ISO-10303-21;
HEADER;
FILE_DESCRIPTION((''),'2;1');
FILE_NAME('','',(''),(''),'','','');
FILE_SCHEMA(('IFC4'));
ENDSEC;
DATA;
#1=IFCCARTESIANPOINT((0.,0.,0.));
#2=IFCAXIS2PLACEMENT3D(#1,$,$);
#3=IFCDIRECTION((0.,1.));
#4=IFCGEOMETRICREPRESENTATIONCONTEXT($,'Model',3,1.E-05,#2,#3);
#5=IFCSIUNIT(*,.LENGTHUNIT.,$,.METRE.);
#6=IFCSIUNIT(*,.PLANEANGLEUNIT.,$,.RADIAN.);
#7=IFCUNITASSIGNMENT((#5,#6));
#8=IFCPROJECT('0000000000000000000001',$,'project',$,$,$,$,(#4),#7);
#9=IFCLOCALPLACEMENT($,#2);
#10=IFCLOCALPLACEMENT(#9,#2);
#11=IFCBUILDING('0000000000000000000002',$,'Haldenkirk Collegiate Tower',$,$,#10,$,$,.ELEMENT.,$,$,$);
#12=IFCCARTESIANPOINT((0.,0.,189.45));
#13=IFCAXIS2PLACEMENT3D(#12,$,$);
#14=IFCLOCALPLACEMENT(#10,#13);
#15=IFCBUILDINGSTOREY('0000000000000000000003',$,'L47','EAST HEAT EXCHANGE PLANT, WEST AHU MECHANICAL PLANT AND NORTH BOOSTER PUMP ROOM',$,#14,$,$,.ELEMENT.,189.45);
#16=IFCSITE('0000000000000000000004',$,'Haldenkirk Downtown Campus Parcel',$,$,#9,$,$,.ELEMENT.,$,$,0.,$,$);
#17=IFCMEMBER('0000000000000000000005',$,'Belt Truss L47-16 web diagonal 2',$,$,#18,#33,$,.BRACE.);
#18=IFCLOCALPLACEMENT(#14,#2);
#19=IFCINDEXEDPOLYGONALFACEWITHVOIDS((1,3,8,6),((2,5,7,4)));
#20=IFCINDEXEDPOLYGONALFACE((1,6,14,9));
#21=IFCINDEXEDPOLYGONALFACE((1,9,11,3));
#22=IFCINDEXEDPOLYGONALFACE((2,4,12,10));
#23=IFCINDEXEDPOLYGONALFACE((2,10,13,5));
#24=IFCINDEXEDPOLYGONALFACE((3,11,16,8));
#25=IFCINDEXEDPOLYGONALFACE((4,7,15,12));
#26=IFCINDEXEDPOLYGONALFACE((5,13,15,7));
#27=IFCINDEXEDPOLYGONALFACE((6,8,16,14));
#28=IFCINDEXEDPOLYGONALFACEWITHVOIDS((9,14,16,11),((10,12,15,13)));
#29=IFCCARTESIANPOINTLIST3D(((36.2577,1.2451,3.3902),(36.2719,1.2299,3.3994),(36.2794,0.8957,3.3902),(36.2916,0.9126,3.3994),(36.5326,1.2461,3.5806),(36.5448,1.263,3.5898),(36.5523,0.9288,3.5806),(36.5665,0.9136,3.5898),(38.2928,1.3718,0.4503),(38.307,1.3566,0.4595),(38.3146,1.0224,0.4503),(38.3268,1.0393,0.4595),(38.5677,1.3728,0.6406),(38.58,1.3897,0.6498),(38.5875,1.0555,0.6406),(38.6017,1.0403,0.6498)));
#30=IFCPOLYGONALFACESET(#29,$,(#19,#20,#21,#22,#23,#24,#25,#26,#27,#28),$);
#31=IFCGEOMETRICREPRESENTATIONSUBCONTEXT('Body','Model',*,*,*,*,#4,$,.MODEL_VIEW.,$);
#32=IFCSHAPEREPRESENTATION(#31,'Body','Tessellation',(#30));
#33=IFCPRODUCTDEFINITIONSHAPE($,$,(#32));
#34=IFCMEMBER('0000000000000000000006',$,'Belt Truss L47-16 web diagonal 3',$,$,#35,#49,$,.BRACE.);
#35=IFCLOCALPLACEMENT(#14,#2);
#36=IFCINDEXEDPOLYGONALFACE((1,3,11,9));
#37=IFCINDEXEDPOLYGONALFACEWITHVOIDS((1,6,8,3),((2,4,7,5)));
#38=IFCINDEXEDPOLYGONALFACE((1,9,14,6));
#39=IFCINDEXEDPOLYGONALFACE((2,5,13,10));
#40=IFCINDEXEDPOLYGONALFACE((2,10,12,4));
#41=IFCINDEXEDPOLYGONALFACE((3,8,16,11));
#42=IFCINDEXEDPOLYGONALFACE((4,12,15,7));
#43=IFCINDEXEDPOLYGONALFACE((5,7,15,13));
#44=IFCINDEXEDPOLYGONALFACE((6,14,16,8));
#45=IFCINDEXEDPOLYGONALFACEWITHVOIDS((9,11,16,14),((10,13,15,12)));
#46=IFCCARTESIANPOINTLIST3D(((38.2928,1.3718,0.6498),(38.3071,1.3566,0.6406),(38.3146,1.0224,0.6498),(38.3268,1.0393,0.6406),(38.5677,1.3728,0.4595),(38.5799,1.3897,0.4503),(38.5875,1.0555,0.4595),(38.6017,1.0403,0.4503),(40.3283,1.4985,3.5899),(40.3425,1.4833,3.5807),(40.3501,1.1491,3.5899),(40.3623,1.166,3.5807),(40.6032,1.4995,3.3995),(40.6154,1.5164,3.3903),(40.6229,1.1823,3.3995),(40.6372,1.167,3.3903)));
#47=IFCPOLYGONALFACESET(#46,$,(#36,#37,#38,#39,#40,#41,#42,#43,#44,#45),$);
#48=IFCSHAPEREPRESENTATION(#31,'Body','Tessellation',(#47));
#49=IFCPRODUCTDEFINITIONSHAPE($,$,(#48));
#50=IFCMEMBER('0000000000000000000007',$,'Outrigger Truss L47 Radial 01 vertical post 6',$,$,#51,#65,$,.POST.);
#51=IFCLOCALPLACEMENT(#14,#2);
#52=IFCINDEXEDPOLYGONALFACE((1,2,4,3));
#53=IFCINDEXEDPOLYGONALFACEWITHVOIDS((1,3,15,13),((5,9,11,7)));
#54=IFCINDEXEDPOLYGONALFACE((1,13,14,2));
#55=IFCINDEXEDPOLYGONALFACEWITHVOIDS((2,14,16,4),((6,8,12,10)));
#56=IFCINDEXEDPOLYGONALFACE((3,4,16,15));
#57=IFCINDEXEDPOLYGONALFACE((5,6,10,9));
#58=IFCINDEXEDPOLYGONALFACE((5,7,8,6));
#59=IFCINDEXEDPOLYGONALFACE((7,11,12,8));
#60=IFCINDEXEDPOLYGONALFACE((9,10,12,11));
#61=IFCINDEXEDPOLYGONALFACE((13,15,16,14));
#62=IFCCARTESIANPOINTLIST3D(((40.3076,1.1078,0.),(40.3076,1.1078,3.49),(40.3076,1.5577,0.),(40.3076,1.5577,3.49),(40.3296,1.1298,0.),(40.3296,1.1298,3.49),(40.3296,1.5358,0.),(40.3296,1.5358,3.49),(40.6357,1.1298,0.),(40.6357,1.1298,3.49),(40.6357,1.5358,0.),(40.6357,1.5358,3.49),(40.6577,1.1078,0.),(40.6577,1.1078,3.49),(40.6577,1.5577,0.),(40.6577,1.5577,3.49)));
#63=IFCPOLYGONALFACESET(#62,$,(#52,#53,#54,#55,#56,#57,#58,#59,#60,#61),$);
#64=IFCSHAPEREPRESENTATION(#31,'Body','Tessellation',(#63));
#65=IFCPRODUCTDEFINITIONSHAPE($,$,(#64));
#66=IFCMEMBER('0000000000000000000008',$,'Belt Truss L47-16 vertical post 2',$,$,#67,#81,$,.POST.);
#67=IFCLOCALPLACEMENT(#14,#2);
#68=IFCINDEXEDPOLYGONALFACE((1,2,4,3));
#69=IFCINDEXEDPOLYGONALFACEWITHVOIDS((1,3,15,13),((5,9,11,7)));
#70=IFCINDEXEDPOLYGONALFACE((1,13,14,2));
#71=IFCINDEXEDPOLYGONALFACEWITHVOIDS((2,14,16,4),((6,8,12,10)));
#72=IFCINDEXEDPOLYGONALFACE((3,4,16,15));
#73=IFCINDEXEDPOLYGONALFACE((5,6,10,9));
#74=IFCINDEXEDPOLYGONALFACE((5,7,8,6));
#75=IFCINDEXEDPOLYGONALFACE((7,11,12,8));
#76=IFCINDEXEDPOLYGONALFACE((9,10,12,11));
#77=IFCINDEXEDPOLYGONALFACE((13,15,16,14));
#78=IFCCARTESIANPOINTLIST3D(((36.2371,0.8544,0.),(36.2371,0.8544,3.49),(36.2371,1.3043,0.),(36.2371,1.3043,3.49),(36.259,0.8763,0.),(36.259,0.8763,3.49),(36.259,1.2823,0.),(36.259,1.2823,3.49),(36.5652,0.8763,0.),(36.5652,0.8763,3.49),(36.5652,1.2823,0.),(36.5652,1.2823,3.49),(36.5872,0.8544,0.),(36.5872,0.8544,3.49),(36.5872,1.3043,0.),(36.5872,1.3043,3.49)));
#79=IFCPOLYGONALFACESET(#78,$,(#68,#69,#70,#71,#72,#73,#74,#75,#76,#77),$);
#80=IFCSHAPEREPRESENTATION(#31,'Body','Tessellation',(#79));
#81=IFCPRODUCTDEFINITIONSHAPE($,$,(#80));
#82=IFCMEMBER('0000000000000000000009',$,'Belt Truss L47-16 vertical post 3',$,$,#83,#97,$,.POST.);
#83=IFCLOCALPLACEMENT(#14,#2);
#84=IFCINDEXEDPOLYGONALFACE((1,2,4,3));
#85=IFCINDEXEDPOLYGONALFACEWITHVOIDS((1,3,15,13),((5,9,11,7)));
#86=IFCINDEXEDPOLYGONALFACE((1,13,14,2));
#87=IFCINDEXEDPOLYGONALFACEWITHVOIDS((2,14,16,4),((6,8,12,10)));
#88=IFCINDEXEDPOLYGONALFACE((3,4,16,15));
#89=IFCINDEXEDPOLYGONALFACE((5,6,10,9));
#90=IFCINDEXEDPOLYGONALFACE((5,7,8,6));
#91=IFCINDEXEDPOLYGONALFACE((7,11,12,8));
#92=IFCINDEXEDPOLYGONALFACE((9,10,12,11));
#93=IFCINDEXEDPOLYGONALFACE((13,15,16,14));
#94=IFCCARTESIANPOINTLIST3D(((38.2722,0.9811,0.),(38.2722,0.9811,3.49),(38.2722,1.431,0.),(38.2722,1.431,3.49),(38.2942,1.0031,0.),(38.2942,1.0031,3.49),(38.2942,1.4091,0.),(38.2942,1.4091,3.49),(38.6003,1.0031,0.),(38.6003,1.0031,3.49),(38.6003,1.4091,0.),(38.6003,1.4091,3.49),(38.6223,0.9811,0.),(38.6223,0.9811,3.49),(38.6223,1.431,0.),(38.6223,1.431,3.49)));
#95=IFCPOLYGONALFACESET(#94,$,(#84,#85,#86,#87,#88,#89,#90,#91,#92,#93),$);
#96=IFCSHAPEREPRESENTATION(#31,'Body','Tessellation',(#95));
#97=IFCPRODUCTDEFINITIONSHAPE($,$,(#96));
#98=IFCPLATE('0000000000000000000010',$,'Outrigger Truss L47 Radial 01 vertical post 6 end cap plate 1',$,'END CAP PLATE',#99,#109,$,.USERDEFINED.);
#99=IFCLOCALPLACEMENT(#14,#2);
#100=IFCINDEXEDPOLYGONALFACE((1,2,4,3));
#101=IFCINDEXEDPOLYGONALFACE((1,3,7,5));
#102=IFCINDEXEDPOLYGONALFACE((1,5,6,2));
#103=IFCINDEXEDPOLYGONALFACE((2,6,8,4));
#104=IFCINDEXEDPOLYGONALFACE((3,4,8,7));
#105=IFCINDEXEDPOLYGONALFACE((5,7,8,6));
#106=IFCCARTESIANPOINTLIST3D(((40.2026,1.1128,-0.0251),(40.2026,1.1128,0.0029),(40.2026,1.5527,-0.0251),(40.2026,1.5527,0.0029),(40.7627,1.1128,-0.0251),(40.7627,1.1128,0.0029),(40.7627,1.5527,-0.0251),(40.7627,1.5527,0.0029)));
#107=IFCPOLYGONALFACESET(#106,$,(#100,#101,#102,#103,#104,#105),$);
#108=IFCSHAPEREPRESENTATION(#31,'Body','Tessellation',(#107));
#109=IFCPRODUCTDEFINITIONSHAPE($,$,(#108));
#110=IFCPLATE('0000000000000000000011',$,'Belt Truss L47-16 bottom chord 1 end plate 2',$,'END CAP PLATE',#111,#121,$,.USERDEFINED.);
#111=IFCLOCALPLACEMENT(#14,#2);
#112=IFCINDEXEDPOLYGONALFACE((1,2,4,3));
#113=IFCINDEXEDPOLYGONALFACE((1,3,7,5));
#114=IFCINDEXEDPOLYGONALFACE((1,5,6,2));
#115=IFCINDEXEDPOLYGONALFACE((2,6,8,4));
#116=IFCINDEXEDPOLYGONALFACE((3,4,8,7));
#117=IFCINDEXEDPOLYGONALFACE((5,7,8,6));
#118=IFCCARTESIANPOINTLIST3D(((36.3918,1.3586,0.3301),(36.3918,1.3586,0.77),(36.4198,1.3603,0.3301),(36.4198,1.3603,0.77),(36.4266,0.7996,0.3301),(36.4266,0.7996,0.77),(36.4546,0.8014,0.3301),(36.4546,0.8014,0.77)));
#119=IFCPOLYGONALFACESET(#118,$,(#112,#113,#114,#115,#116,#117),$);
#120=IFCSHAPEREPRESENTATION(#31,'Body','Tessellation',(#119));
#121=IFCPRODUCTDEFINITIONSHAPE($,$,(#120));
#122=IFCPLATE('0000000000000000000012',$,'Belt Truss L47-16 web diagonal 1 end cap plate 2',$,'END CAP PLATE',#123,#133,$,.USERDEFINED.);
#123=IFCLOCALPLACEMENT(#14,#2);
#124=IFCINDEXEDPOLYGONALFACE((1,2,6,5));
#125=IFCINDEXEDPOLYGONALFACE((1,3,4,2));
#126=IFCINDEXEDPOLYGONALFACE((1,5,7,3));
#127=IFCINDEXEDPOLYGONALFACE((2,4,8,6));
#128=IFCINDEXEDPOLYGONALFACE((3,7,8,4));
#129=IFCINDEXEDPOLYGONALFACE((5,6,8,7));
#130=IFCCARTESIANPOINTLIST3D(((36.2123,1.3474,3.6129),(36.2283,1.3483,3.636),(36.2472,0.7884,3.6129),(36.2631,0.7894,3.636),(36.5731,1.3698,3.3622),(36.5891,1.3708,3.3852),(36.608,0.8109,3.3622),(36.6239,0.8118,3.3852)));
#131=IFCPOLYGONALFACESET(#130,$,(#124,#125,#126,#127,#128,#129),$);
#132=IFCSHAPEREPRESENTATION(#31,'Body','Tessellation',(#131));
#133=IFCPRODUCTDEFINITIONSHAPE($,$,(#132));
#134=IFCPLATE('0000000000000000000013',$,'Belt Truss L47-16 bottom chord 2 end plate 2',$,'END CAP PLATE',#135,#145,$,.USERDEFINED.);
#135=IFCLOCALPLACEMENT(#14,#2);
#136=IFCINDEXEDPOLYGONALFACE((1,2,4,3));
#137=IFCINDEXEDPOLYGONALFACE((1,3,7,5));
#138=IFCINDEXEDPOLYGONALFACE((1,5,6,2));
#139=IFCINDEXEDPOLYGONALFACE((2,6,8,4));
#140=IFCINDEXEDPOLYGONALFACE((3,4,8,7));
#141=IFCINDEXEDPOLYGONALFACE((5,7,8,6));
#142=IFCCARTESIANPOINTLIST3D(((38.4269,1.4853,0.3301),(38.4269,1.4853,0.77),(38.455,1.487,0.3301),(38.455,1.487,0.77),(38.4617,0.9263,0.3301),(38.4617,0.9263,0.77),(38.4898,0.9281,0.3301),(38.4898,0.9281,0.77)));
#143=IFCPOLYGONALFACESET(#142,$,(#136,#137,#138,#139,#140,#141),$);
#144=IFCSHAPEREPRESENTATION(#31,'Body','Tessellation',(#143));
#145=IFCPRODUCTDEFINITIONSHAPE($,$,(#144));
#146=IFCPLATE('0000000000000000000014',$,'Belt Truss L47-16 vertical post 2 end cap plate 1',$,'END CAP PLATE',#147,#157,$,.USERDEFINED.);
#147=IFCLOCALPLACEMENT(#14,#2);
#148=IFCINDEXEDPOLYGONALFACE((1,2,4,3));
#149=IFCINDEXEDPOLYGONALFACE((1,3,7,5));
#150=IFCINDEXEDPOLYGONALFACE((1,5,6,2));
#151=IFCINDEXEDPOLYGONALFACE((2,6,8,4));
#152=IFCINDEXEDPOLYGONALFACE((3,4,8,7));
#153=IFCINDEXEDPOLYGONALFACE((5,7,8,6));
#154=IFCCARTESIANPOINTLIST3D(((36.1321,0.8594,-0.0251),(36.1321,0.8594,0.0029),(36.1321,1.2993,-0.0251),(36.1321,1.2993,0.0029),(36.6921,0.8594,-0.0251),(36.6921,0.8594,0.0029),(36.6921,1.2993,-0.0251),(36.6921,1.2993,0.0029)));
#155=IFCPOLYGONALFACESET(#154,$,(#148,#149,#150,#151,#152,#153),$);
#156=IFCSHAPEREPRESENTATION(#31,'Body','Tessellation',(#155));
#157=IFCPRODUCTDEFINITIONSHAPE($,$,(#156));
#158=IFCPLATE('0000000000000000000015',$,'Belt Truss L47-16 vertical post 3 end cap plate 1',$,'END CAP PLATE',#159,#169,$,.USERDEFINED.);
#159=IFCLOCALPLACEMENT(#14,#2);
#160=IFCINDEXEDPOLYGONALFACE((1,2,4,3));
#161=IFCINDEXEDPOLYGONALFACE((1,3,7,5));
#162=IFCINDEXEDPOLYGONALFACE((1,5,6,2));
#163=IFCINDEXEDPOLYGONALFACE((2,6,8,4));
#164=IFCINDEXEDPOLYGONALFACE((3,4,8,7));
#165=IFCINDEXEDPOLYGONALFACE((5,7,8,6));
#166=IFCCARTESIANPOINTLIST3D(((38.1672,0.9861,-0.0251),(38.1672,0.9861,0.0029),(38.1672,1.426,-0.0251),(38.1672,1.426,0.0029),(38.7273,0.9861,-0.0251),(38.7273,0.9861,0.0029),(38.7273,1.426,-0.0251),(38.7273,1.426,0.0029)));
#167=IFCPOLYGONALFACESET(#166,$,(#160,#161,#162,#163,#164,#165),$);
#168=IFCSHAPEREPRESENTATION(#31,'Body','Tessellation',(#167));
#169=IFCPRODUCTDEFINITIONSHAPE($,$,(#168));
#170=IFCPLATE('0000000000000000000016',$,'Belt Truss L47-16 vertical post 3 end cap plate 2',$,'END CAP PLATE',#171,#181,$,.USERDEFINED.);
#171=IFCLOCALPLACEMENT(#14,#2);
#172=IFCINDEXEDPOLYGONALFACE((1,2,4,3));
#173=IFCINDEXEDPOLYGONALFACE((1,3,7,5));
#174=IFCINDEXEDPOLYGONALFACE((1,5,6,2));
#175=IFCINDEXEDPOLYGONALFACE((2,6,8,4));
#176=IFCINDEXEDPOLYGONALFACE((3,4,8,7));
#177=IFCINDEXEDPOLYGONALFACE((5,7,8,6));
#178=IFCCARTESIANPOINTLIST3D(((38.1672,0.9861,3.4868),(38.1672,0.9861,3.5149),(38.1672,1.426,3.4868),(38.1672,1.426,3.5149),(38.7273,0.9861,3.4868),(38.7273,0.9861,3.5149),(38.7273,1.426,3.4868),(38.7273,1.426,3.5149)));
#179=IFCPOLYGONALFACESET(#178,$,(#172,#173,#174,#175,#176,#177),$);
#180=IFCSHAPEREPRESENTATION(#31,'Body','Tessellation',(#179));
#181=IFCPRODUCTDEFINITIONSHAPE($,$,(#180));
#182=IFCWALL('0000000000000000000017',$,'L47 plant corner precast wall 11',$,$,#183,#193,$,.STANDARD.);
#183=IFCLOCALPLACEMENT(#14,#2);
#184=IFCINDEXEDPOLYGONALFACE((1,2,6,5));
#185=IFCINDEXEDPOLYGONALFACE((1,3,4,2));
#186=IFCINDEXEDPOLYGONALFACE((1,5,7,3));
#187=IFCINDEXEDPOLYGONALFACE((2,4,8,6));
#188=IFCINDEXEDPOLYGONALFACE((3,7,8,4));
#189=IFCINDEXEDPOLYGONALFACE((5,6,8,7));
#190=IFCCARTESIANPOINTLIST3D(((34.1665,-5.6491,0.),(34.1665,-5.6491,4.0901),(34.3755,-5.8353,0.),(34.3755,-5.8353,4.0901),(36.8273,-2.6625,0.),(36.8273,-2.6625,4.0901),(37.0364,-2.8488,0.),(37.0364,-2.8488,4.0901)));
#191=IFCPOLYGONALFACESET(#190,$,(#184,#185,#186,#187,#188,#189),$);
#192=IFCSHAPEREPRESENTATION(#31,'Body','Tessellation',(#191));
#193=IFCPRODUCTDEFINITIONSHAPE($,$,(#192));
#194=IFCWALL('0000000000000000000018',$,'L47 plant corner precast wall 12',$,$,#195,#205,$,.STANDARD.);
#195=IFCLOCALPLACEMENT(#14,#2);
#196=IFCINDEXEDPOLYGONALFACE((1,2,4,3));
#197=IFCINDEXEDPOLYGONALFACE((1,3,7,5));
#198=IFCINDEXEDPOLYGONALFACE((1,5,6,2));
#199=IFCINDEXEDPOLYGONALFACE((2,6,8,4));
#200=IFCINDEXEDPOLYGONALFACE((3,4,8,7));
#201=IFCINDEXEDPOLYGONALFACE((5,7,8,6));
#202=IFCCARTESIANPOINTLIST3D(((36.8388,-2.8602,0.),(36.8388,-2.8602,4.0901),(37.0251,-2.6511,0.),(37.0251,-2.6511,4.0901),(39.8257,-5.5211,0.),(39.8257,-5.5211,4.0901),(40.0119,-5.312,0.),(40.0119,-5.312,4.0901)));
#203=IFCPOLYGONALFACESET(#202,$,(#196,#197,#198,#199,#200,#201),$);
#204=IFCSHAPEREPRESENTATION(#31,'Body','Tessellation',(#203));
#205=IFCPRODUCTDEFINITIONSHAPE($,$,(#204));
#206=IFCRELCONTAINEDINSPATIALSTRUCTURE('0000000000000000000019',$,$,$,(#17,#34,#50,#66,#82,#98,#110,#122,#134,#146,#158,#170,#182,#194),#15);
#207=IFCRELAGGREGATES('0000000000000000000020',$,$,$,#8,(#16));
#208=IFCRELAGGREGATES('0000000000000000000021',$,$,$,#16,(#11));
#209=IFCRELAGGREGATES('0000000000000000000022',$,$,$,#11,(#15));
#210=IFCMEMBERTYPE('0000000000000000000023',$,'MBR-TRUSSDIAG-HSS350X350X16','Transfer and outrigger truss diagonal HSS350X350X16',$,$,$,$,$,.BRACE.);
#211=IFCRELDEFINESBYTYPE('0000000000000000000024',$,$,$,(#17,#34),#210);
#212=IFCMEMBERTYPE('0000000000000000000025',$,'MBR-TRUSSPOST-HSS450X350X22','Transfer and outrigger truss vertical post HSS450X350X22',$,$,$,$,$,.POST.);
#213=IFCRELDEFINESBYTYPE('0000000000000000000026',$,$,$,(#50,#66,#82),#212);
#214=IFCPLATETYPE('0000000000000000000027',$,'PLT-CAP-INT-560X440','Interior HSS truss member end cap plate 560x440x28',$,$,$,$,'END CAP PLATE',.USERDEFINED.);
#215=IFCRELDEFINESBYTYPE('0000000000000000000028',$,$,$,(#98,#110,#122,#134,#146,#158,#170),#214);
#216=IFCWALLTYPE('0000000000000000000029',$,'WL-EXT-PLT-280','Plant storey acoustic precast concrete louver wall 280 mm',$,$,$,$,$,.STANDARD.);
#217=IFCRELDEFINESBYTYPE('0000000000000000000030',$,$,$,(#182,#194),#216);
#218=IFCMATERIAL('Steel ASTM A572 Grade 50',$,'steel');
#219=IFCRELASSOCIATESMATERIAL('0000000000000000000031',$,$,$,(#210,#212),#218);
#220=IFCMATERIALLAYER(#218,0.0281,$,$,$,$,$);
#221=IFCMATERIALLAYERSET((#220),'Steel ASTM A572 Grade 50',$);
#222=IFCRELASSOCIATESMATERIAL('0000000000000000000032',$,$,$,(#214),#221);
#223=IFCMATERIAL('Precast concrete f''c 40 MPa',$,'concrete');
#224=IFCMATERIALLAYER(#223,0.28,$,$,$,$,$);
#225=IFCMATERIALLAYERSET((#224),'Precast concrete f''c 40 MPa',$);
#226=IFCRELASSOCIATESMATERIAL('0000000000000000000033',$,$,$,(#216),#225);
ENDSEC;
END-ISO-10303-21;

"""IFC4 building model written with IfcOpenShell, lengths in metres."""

from ifc_helpers import new_model, si_unit, direction, frame, frame_2d, origin, origin_2d, place, context, subcontext, project, spatial, rectangle, hollow_rectangle, extrude, source, transform, mapped, material, layer, layer_set, material_profile, profile_set, type_object, element, save


model = new_model("IFC4")

# Units and contexts
model_context = context("Model", 3, precision=1e-05, world=origin(), true_north=direction((0.0, 1.0)))
body_context = subcontext(model_context, "Body", "Model", "MODEL_VIEW")
ifc_project = project(units=[si_unit("LENGTHUNIT", "METRE"), si_unit("PLANEANGLEUNIT", "RADIAN")], contexts=[model_context])

# Site, building, storey
site_placement = place(None, origin())
site = spatial("IfcSite", under=ifc_project, at=site_placement, Name="Haldenkirk Downtown Campus Parcel", CompositionType="ELEMENT", RefElevation=0.0)
building_placement = place(site_placement, origin())
building = spatial("IfcBuilding", under=site, at=building_placement, Name="Haldenkirk Collegiate Tower", CompositionType="ELEMENT")
storey_placement = place(building_placement, frame((0.0, 0.0, 189.45)))
storey = spatial("IfcBuildingStorey", under=building, at=storey_placement, Name="L47", Description="EAST HEAT EXCHANGE PLANT, WEST AHU MECHANICAL PLANT AND NORTH BOOSTER PUMP ROOM", CompositionType="ELEMENT", Elevation=189.45)

# Members
ifc_material_1 = material(Name="Steel ASTM A572 Grade 50", Category="steel")
ifc_material_profile_1 = material_profile(ifc_material_1, hollow_rectangle(XDim=0.3501, YDim=0.3501, WallThickness=0.0161, at=origin_2d()), Name="HSS350X350X16")
ifc_profile_set_1 = profile_set([ifc_material_profile_1], Name="Steel ASTM A572 Grade 50")
member_type_1 = type_object("IfcMemberType", Name="MBR-TRUSSDIAG-HSS350X350X16", Description="Transfer and outrigger truss diagonal HSS350X350X16", PredefinedType="BRACE", material=ifc_profile_set_1)
member_1_placement = place(storey_placement, frame((36.4121, 1.0793, 3.49), z_axis=(0.568817, 0.035415, -0.821701), x_axis=(-0.06214, 0.998067, 0.0)))
element("IfcMember", 1, at=member_1_placement, inside=storey, type_object=member_type_1, Name="Belt Truss L47-16 web diagonal 2", PredefinedType="BRACE", context=body_context, shape_type="SweptSolid", body=[
    extrude(hollow_rectangle(XDim=0.3501, YDim=0.3501, WallThickness=0.0161, at=origin_2d()), origin(), (0.0, 0.0, 1.0), 3.5779),
])
member_2_placement = place(storey_placement, frame((38.4473, 1.2061, 0.55), z_axis=(0.568864, 0.035413, 0.821669), x_axis=(-0.062132, 0.998068, 0.0)))
element("IfcMember", 2, at=member_2_placement, inside=storey, type_object=member_type_1, Name="Belt Truss L47-16 web diagonal 3", PredefinedType="BRACE", context=body_context, shape_type="SweptSolid", body=[
    extrude(hollow_rectangle(XDim=0.3501, YDim=0.3501, WallThickness=0.0161, at=origin_2d()), origin(), (0.0, 0.0, 1.0), 3.5781),
])
ifc_material_profile_2 = material_profile(ifc_material_1, hollow_rectangle(XDim=0.3501, YDim=0.45, WallThickness=0.022, at=origin_2d()), Name="HSS450X350X22")
ifc_profile_set_2 = profile_set([ifc_material_profile_2], Name="Steel ASTM A572 Grade 50")
member_type_2 = type_object("IfcMemberType", Name="MBR-TRUSSPOST-HSS450X350X22", Description="Transfer and outrigger truss vertical post HSS450X350X22", PredefinedType="POST", material=ifc_profile_set_2)
for number, where, z_axis, x_axis, name in (
    (3, (40.4827, 1.3328, 0.0), (0.0, 0.0, 1.0), (1.0, 0.0, 0.0), "Outrigger Truss L47 Radial 01 vertical post 6"),
    (4, (36.4121, 1.0793, 0.0), (0.0, 0.0, 1.0), (1.0, 0.0, 0.0), "Belt Truss L47-16 vertical post 2"),
    (5, (38.4473, 1.2061, 0.0), (0.0, 0.0, 1.0), (1.0, 0.0, 0.0), "Belt Truss L47-16 vertical post 3"),
):
    element("IfcMember", number, at=place(storey_placement, frame(where, z_axis=z_axis, x_axis=x_axis)), inside=storey, type_object=member_type_2, Name=name, PredefinedType="POST", context=body_context, shape_type="SweptSolid", body=[
        extrude(hollow_rectangle(XDim=0.3501, YDim=0.45, WallThickness=0.022, at=origin_2d()), origin(), (0.0, 0.0, 1.0), 3.49),
    ])

# Plates
ifc_layer_1 = layer(ifc_material_1, 0.0281)
ifc_layer_set_1 = layer_set([ifc_layer_1], Name="Steel ASTM A572 Grade 50")
plate_type = type_object("IfcPlateType", Name="PLT-CAP-INT-560X440", Description="Interior HSS truss member end cap plate 560x440x28", ElementType="END CAP PLATE", PredefinedType="USERDEFINED", material=ifc_layer_set_1)
shared_shape = source(origin(), body_context, "Body", "SweptSolid", [
    extrude(rectangle(XDim=0.5601, YDim=0.4399, at=origin_2d()), origin(), (0.0, 0.0, 1.0), 0.0281),
])
for number, where, z_axis, x_axis, name in (
    (6, (40.4827, 1.3328, 0.0029), (0.0, 0.0, -1.0), (1.0, 0.0, 0.0), "Outrigger Truss L47 Radial 01 vertical post 6 end cap plate 1"),
    (7, (36.4092, 1.0791, 0.55), (0.998066, 0.062164, 0.0), (-0.062164, 0.998066, 0.0), "Belt Truss L47-16 bottom chord 1 end plate 2"),
    (8, (36.4102, 1.0791, 3.4875), (0.568836, 0.035439, 0.821687), (-0.06218, 0.998065, 0.0), "Belt Truss L47-16 web diagonal 1 end cap plate 2"),
    (9, (38.4443, 1.2058, 0.55), (0.998066, 0.062164, 0.0), (-0.062164, 0.998066, 0.0), "Belt Truss L47-16 bottom chord 2 end plate 2"),
    (10, (36.4121, 1.0793, 0.0029), (0.0, 0.0, -1.0), (1.0, 0.0, 0.0), "Belt Truss L47-16 vertical post 2 end cap plate 1"),
    (11, (38.4473, 1.2061, 0.0029), (0.0, 0.0, -1.0), (1.0, 0.0, 0.0), "Belt Truss L47-16 vertical post 3 end cap plate 1"),
    (12, (38.4473, 1.2061, 3.4868), (0.0, 0.0, 1.0), (1.0, 0.0, 0.0), "Belt Truss L47-16 vertical post 3 end cap plate 2"),
):
    element("IfcPlate", number, at=place(storey_placement, frame(where, z_axis=z_axis, x_axis=x_axis)), inside=storey, type_object=plate_type, Name=name, ObjectType="END CAP PLATE", PredefinedType="USERDEFINED", context=body_context, shape_type="MappedRepresentation", body=[
        mapped(shared_shape, transform((0.0, 0.0, 0.0), x_axis=(1.0, 0.0, 0.0), y_axis=(0.0, 1.0, 0.0), z_axis=(0.0, 0.0, 1.0), scale=1.0)),
    ])

# Walls
ifc_material_2 = material(Name="Precast concrete f'c 40 MPa", Category="concrete")
ifc_layer_2 = layer(ifc_material_2, 0.28)
ifc_layer_set_2 = layer_set([ifc_layer_2], Name="Precast concrete f'c 40 MPa")
wall_type = type_object("IfcWallType", Name="WL-EXT-PLT-280", Description="Plant storey acoustic precast concrete louver wall 280 mm", PredefinedType="STANDARD", material=ifc_layer_set_2)
wall_1_placement = place(storey_placement, frame((36.9319, -2.7556, 0.0), z_axis=(0.0, 0.0, 1.0), x_axis=(-0.665223, -0.746644, 0.0)))
element("IfcWall", 13, at=wall_1_placement, inside=storey, type_object=wall_type, Name="L47 plant corner precast wall 11", PredefinedType="STANDARD", context=body_context, shape_type="SweptSolid", body=[
    extrude(rectangle(XDim=4.0, YDim=0.28, at=frame_2d((2.0, 0.0))), origin(), (0.0, 0.0, 1.0), 4.0901),
])
wall_2_placement = place(storey_placement, frame((39.9187, -5.4165, 0.0), z_axis=(0.0, 0.0, 1.0), x_axis=(-0.746671, 0.665193, 0.0)))
element("IfcWall", 14, at=wall_2_placement, inside=storey, type_object=wall_type, Name="L47 plant corner precast wall 12", PredefinedType="STANDARD", context=body_context, shape_type="SweptSolid", body=[
    extrude(rectangle(XDim=4.0002, YDim=0.28, at=frame_2d((2.0, 0.0))), origin(), (0.0, 0.0, 1.0), 4.0901),
])

save(model, "model.ifc")
